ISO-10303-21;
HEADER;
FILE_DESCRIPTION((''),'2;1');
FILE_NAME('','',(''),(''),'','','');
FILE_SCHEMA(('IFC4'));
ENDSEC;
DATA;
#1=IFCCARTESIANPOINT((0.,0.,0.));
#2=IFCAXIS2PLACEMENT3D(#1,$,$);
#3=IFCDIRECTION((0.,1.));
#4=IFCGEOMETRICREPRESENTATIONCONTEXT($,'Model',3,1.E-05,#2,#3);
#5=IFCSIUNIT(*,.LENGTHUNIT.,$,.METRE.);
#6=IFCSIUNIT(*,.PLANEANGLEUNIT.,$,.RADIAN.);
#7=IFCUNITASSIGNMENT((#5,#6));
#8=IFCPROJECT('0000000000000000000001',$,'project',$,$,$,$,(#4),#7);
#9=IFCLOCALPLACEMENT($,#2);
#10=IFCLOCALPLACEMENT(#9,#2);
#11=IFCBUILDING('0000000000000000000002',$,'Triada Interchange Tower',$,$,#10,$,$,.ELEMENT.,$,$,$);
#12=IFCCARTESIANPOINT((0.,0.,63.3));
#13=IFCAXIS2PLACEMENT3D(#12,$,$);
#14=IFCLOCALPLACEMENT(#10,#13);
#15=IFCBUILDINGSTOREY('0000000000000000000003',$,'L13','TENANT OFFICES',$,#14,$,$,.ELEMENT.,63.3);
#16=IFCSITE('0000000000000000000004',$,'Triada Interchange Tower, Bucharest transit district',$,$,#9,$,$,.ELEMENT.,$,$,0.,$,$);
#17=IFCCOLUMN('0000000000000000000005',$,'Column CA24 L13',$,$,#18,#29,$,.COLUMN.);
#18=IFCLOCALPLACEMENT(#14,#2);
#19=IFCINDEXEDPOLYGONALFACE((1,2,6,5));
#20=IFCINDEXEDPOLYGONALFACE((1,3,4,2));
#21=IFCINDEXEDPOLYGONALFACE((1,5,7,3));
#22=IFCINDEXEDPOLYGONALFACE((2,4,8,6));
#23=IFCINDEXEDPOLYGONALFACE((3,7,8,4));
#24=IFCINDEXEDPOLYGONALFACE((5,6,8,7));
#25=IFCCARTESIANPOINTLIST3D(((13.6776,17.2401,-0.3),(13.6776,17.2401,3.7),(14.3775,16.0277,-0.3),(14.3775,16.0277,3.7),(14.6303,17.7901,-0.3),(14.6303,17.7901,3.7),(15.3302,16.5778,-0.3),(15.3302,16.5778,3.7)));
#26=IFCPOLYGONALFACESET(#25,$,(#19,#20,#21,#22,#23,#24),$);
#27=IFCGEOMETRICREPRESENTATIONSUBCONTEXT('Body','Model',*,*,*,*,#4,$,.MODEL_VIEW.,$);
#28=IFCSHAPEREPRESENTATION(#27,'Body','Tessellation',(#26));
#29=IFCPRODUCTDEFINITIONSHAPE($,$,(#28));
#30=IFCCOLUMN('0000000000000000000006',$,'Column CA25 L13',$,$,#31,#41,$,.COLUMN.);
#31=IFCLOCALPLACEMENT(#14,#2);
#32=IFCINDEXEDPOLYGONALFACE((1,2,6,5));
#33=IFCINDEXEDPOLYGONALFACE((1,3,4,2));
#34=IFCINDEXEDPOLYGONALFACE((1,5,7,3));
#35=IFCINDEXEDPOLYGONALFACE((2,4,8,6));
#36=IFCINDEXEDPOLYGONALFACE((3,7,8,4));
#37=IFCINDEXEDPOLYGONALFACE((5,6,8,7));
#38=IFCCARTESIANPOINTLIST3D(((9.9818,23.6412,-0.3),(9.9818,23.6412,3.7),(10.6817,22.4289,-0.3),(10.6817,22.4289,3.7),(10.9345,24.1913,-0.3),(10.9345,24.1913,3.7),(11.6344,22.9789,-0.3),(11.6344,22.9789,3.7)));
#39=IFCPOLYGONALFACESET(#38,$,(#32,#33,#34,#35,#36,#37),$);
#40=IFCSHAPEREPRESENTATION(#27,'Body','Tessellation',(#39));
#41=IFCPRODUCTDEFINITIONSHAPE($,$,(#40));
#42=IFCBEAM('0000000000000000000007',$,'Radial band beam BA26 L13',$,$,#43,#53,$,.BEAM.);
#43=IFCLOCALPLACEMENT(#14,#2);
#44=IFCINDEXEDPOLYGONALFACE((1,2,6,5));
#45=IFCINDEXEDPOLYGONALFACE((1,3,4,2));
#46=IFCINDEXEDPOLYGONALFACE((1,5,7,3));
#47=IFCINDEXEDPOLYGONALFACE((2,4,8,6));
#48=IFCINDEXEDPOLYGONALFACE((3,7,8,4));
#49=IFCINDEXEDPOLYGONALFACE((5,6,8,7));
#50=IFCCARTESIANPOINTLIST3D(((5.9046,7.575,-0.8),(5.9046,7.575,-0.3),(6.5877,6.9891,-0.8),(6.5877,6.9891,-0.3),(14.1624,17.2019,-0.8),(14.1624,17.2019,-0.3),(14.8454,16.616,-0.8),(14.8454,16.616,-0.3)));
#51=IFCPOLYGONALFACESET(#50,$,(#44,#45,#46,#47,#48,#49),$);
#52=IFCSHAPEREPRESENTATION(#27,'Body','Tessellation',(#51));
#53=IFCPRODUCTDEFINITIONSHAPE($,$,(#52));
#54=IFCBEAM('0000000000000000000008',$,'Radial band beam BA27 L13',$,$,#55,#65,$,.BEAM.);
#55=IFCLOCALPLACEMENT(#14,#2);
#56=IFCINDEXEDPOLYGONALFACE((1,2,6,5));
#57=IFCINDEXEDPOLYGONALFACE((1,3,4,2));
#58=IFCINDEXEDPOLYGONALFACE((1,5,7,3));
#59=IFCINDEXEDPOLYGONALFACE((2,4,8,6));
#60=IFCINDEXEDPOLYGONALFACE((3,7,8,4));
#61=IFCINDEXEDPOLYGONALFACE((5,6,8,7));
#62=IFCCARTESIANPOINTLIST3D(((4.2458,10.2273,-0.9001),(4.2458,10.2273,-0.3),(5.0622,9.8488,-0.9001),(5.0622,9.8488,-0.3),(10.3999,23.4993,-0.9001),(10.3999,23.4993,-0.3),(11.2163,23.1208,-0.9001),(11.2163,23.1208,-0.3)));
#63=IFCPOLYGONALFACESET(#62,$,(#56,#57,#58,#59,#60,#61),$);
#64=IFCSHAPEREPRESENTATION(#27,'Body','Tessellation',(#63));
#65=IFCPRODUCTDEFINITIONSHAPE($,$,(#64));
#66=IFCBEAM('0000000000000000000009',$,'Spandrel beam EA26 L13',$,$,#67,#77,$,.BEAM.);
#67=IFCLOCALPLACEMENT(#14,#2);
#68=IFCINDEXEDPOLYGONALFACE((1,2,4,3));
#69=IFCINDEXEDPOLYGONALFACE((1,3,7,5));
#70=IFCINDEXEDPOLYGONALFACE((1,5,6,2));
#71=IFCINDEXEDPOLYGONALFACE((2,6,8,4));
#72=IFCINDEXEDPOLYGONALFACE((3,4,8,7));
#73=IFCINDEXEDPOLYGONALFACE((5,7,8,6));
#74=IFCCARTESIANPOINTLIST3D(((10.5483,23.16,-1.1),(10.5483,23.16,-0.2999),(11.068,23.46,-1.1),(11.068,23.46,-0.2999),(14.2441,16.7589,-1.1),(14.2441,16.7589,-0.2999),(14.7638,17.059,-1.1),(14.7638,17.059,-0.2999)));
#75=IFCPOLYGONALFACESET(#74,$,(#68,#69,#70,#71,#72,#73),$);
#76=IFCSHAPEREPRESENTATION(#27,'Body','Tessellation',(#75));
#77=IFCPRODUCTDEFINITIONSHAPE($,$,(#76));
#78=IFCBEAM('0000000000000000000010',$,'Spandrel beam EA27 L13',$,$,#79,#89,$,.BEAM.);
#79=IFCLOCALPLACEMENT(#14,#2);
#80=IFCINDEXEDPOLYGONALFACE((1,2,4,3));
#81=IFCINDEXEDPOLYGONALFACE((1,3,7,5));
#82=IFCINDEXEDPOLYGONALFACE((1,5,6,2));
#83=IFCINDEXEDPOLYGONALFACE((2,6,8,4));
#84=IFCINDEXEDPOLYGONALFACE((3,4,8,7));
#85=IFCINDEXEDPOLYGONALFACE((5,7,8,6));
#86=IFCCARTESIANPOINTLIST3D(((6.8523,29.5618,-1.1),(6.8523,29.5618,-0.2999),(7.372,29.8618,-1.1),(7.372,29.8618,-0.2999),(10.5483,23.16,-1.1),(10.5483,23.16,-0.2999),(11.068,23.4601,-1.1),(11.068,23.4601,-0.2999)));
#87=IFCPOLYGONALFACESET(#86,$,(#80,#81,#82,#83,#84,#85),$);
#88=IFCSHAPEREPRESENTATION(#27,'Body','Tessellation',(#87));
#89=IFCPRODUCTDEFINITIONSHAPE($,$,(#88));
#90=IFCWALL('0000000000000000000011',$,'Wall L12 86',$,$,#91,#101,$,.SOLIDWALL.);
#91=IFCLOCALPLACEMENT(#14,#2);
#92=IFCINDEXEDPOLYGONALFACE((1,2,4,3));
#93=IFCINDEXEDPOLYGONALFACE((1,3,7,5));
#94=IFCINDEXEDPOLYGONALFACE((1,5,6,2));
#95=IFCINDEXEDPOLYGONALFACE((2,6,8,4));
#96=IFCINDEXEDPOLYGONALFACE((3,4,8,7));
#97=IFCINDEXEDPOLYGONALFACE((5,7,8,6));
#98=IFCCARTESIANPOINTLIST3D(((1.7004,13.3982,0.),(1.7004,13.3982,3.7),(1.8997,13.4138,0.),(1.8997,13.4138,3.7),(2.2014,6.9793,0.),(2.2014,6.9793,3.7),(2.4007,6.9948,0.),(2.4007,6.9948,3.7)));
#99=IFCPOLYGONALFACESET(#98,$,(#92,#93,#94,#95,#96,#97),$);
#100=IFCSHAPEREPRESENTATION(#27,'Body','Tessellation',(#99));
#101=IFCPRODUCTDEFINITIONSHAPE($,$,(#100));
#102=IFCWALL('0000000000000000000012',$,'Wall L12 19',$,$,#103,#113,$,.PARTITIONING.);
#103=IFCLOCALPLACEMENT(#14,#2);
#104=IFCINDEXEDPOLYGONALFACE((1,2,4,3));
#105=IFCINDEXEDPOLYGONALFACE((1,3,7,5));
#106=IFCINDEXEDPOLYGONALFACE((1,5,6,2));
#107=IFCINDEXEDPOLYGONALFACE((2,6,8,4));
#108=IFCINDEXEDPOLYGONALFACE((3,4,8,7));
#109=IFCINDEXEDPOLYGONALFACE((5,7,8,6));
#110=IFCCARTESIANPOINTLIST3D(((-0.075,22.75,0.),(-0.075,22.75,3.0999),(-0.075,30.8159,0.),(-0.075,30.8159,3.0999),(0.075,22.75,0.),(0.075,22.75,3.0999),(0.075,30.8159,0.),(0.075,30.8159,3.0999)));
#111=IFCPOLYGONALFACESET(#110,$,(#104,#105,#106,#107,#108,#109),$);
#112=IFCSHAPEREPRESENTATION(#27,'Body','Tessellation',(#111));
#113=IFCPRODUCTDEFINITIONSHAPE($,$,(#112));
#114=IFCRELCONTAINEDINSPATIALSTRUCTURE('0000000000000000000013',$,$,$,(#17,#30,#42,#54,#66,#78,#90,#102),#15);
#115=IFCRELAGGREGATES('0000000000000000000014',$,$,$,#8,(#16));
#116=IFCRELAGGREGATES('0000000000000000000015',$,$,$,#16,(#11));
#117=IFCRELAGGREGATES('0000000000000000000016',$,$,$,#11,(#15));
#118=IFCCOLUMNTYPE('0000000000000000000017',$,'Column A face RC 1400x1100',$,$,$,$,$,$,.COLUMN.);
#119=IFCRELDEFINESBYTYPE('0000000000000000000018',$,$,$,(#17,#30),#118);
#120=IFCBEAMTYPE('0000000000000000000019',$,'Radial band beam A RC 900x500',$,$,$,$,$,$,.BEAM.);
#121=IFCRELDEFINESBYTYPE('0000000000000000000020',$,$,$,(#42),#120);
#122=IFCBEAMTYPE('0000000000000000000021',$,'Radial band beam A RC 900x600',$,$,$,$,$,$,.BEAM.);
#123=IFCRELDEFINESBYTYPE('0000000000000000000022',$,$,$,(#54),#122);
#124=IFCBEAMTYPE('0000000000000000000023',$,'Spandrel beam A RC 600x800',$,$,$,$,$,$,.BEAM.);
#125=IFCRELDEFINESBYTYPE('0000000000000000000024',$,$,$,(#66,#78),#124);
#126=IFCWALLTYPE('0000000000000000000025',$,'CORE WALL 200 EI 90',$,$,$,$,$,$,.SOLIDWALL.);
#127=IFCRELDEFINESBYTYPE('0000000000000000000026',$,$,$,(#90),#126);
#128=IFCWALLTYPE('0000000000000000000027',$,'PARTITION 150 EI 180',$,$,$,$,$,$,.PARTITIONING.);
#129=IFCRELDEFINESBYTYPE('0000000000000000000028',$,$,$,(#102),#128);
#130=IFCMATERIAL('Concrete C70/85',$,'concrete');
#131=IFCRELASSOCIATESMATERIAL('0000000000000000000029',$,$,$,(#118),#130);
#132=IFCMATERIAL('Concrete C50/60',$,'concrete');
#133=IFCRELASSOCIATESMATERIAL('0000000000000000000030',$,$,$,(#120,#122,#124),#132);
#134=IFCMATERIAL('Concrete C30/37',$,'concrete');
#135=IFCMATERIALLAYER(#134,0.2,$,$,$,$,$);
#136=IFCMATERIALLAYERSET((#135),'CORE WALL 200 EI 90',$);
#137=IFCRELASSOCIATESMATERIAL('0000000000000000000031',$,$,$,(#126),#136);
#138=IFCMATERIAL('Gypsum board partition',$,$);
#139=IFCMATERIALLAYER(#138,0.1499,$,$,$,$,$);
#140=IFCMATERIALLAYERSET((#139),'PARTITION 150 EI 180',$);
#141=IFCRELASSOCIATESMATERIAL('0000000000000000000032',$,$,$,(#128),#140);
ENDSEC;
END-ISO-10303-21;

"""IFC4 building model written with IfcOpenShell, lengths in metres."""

from ifc_helpers import new_model, si_unit, direction, frame, frame_2d, origin, origin_2d, place, context, subcontext, project, spatial, rectangle, extrude, material, layer, layer_set, material_profile, profile_set, type_object, element, save


model = new_model("IFC4")

# Units and contexts
model_context = context("Model", 3, precision=1e-05, world=origin(), true_north=direction((0.0, 1.0)))
body_context = subcontext(model_context, "Body", "Model", "MODEL_VIEW")
ifc_project = project(units=[si_unit("LENGTHUNIT", "METRE"), si_unit("PLANEANGLEUNIT", "RADIAN")], contexts=[model_context])

# Site, building, storey
site_placement = place(None, origin())
site = spatial("IfcSite", under=ifc_project, at=site_placement, Name="Triada Interchange Tower, Bucharest transit district", CompositionType="ELEMENT", RefElevation=0.0)
building_placement = place(site_placement, origin())
building = spatial("IfcBuilding", under=site, at=building_placement, Name="Triada Interchange Tower", CompositionType="ELEMENT")
storey_placement = place(building_placement, frame((0.0, 0.0, 63.3)))
storey = spatial("IfcBuildingStorey", under=building, at=storey_placement, Name="L13", Description="TENANT OFFICES", CompositionType="ELEMENT", Elevation=63.3)

# Columns
ifc_material_1 = material(Name="Concrete C70/85", Category="concrete")
ifc_material_profile_1 = material_profile(ifc_material_1, rectangle(XDim=1.3999, YDim=1.1001, at=origin_2d()), Name="RC 1400x1100")
ifc_profile_set_1 = profile_set([ifc_material_profile_1], Name="Concrete C70/85")
column_type = type_object("IfcColumnType", Name="Column A face RC 1400x1100", PredefinedType="COLUMN", material=ifc_profile_set_1)
for number, where, z_axis, x_axis, name in (
    (1, (14.5039, 16.9089, -0.3), (0.0, 0.0, 1.0), (-0.5, 0.866025, 0.0), "Column CA24 L13"),
    (2, (10.8081, 23.3101, -0.3), (0.0, 0.0, 1.0), (-0.5, 0.866025, 0.0), "Column CA25 L13"),
):
    element("IfcColumn", number, at=place(storey_placement, frame(where, z_axis=z_axis, x_axis=x_axis)), inside=storey, type_object=column_type, Name=name, PredefinedType="COLUMN", context=body_context, shape_type="SweptSolid", body=[
        extrude(rectangle(XDim=1.3999, YDim=1.1001, at=origin_2d()), origin(), (0.0, 0.0, 1.0), 4.0),
    ])

# Beams
ifc_material_2 = material(Name="Concrete C50/60", Category="concrete")
ifc_material_profile_2 = material_profile(ifc_material_2, rectangle(XDim=0.8999, YDim=0.5, at=origin_2d()), Name="RC 900x500")
ifc_profile_set_2 = profile_set([ifc_material_profile_2], Name="Concrete C50/60")
beam_type_1 = type_object("IfcBeamType", Name="Radial band beam A RC 900x500", PredefinedType="BEAM", material=ifc_profile_set_2)
beam_1_placement = place(storey_placement, frame((14.5039, 16.9089, -0.55), z_axis=(-0.65107, -0.759017, 0.0), x_axis=(0.759017, -0.65107, 0.0)))
element("IfcBeam", 3, at=beam_1_placement, inside=storey, type_object=beam_type_1, Name="Radial band beam BA26 L13", PredefinedType="BEAM", context=body_context, shape_type="SweptSolid", body=[
    extrude(rectangle(XDim=0.8999, YDim=0.5, at=origin_2d()), origin(), (0.0, 0.0, 1.0), 12.6833),
])
ifc_material_profile_3 = material_profile(ifc_material_2, rectangle(XDim=0.8999, YDim=0.6001, at=origin_2d()), Name="RC 900x600")
ifc_profile_set_3 = profile_set([ifc_material_profile_3], Name="Concrete C50/60")
beam_type_2 = type_object("IfcBeamType", Name="Radial band beam A RC 900x600", PredefinedType="BEAM", material=ifc_profile_set_3)
beam_2_placement = place(storey_placement, frame((10.8081, 23.3101, -0.6001), z_axis=(-0.420665, -0.907216, 0.0), x_axis=(0.907216, -0.420665, 0.0)))
element("IfcBeam", 4, at=beam_2_placement, inside=storey, type_object=beam_type_2, Name="Radial band beam BA27 L13", PredefinedType="BEAM", context=body_context, shape_type="SweptSolid", body=[
    extrude(rectangle(XDim=0.8999, YDim=0.6001, at=origin_2d()), origin(), (0.0, 0.0, 1.0), 14.6294),
])
ifc_material_profile_4 = material_profile(ifc_material_2, rectangle(XDim=0.6001, YDim=0.8, at=origin_2d()), Name="RC 600x800")
ifc_profile_set_4 = profile_set([ifc_material_profile_4], Name="Concrete C50/60")
beam_type_3 = type_object("IfcBeamType", Name="Spandrel beam A RC 600x800", PredefinedType="BEAM", material=ifc_profile_set_4)
beam_3_placement = place(storey_placement, frame((14.5039, 16.9089, -0.7), z_axis=(-0.500011, 0.866019, 0.0), x_axis=(-0.866019, -0.500011, 0.0)))
element("IfcBeam", 5, at=beam_3_placement, inside=storey, type_object=beam_type_3, Name="Spandrel beam EA26 L13", PredefinedType="BEAM", context=body_context, shape_type="SweptSolid", body=[
    extrude(rectangle(XDim=0.6001, YDim=0.8, at=origin_2d()), origin(), (0.0, 0.0, 1.0), 7.3914),
])
beam_4_placement = place(storey_placement, frame((10.8081, 23.3101, -0.7), z_axis=(-0.499993, 0.866029, 0.0), x_axis=(-0.866029, -0.499993, 0.0)))
element("IfcBeam", 6, at=beam_4_placement, inside=storey, type_object=beam_type_3, Name="Spandrel beam EA27 L13", PredefinedType="BEAM", context=body_context, shape_type="SweptSolid", body=[
    extrude(rectangle(XDim=0.6001, YDim=0.8, at=origin_2d()), origin(), (0.0, 0.0, 1.0), 7.3921),
])

# Wall
ifc_material_3 = material(Name="Concrete C30/37", Category="concrete")
ifc_layer_1 = layer(ifc_material_3, 0.2)
ifc_layer_set_1 = layer_set([ifc_layer_1], Name="CORE WALL 200 EI 90")
wall_type_1 = type_object("IfcWallType", Name="CORE WALL 200 EI 90", PredefinedType="SOLIDWALL", material=ifc_layer_set_1)
wall_1_placement = place(storey_placement, frame((1.8, 13.406, 0.0), z_axis=(0.0, 0.0, 1.0), x_axis=(0.07781, -0.996968, 0.0)))
element("IfcWall", 7, at=wall_1_placement, inside=storey, type_object=wall_type_1, Name="Wall L12 86", PredefinedType="SOLIDWALL", context=body_context, shape_type="SweptSolid", body=[
    extrude(rectangle(XDim=6.4385, YDim=0.2, at=frame_2d((3.2192, 0.0))), origin(), (0.0, 0.0, 1.0), 3.7),
])

# Wall
ifc_material_4 = material(Name="Gypsum board partition")
ifc_layer_2 = layer(ifc_material_4, 0.1499)
ifc_layer_set_2 = layer_set([ifc_layer_2], Name="PARTITION 150 EI 180")
wall_type_2 = type_object("IfcWallType", Name="PARTITION 150 EI 180", PredefinedType="PARTITIONING", material=ifc_layer_set_2)
wall_2_placement = place(storey_placement, frame((0.0, 22.75, 0.0), z_axis=(0.0, 0.0, 1.0), x_axis=(0.0, 1.0, 0.0)))
element("IfcWall", 8, at=wall_2_placement, inside=storey, type_object=wall_type_2, Name="Wall L12 19", PredefinedType="PARTITIONING", context=body_context, shape_type="SweptSolid", body=[
    extrude(rectangle(XDim=8.0659, YDim=0.1499, at=frame_2d((4.033, 0.0))), origin(), (0.0, 0.0, 1.0), 3.0999),
])

save(model, "model.ifc")
